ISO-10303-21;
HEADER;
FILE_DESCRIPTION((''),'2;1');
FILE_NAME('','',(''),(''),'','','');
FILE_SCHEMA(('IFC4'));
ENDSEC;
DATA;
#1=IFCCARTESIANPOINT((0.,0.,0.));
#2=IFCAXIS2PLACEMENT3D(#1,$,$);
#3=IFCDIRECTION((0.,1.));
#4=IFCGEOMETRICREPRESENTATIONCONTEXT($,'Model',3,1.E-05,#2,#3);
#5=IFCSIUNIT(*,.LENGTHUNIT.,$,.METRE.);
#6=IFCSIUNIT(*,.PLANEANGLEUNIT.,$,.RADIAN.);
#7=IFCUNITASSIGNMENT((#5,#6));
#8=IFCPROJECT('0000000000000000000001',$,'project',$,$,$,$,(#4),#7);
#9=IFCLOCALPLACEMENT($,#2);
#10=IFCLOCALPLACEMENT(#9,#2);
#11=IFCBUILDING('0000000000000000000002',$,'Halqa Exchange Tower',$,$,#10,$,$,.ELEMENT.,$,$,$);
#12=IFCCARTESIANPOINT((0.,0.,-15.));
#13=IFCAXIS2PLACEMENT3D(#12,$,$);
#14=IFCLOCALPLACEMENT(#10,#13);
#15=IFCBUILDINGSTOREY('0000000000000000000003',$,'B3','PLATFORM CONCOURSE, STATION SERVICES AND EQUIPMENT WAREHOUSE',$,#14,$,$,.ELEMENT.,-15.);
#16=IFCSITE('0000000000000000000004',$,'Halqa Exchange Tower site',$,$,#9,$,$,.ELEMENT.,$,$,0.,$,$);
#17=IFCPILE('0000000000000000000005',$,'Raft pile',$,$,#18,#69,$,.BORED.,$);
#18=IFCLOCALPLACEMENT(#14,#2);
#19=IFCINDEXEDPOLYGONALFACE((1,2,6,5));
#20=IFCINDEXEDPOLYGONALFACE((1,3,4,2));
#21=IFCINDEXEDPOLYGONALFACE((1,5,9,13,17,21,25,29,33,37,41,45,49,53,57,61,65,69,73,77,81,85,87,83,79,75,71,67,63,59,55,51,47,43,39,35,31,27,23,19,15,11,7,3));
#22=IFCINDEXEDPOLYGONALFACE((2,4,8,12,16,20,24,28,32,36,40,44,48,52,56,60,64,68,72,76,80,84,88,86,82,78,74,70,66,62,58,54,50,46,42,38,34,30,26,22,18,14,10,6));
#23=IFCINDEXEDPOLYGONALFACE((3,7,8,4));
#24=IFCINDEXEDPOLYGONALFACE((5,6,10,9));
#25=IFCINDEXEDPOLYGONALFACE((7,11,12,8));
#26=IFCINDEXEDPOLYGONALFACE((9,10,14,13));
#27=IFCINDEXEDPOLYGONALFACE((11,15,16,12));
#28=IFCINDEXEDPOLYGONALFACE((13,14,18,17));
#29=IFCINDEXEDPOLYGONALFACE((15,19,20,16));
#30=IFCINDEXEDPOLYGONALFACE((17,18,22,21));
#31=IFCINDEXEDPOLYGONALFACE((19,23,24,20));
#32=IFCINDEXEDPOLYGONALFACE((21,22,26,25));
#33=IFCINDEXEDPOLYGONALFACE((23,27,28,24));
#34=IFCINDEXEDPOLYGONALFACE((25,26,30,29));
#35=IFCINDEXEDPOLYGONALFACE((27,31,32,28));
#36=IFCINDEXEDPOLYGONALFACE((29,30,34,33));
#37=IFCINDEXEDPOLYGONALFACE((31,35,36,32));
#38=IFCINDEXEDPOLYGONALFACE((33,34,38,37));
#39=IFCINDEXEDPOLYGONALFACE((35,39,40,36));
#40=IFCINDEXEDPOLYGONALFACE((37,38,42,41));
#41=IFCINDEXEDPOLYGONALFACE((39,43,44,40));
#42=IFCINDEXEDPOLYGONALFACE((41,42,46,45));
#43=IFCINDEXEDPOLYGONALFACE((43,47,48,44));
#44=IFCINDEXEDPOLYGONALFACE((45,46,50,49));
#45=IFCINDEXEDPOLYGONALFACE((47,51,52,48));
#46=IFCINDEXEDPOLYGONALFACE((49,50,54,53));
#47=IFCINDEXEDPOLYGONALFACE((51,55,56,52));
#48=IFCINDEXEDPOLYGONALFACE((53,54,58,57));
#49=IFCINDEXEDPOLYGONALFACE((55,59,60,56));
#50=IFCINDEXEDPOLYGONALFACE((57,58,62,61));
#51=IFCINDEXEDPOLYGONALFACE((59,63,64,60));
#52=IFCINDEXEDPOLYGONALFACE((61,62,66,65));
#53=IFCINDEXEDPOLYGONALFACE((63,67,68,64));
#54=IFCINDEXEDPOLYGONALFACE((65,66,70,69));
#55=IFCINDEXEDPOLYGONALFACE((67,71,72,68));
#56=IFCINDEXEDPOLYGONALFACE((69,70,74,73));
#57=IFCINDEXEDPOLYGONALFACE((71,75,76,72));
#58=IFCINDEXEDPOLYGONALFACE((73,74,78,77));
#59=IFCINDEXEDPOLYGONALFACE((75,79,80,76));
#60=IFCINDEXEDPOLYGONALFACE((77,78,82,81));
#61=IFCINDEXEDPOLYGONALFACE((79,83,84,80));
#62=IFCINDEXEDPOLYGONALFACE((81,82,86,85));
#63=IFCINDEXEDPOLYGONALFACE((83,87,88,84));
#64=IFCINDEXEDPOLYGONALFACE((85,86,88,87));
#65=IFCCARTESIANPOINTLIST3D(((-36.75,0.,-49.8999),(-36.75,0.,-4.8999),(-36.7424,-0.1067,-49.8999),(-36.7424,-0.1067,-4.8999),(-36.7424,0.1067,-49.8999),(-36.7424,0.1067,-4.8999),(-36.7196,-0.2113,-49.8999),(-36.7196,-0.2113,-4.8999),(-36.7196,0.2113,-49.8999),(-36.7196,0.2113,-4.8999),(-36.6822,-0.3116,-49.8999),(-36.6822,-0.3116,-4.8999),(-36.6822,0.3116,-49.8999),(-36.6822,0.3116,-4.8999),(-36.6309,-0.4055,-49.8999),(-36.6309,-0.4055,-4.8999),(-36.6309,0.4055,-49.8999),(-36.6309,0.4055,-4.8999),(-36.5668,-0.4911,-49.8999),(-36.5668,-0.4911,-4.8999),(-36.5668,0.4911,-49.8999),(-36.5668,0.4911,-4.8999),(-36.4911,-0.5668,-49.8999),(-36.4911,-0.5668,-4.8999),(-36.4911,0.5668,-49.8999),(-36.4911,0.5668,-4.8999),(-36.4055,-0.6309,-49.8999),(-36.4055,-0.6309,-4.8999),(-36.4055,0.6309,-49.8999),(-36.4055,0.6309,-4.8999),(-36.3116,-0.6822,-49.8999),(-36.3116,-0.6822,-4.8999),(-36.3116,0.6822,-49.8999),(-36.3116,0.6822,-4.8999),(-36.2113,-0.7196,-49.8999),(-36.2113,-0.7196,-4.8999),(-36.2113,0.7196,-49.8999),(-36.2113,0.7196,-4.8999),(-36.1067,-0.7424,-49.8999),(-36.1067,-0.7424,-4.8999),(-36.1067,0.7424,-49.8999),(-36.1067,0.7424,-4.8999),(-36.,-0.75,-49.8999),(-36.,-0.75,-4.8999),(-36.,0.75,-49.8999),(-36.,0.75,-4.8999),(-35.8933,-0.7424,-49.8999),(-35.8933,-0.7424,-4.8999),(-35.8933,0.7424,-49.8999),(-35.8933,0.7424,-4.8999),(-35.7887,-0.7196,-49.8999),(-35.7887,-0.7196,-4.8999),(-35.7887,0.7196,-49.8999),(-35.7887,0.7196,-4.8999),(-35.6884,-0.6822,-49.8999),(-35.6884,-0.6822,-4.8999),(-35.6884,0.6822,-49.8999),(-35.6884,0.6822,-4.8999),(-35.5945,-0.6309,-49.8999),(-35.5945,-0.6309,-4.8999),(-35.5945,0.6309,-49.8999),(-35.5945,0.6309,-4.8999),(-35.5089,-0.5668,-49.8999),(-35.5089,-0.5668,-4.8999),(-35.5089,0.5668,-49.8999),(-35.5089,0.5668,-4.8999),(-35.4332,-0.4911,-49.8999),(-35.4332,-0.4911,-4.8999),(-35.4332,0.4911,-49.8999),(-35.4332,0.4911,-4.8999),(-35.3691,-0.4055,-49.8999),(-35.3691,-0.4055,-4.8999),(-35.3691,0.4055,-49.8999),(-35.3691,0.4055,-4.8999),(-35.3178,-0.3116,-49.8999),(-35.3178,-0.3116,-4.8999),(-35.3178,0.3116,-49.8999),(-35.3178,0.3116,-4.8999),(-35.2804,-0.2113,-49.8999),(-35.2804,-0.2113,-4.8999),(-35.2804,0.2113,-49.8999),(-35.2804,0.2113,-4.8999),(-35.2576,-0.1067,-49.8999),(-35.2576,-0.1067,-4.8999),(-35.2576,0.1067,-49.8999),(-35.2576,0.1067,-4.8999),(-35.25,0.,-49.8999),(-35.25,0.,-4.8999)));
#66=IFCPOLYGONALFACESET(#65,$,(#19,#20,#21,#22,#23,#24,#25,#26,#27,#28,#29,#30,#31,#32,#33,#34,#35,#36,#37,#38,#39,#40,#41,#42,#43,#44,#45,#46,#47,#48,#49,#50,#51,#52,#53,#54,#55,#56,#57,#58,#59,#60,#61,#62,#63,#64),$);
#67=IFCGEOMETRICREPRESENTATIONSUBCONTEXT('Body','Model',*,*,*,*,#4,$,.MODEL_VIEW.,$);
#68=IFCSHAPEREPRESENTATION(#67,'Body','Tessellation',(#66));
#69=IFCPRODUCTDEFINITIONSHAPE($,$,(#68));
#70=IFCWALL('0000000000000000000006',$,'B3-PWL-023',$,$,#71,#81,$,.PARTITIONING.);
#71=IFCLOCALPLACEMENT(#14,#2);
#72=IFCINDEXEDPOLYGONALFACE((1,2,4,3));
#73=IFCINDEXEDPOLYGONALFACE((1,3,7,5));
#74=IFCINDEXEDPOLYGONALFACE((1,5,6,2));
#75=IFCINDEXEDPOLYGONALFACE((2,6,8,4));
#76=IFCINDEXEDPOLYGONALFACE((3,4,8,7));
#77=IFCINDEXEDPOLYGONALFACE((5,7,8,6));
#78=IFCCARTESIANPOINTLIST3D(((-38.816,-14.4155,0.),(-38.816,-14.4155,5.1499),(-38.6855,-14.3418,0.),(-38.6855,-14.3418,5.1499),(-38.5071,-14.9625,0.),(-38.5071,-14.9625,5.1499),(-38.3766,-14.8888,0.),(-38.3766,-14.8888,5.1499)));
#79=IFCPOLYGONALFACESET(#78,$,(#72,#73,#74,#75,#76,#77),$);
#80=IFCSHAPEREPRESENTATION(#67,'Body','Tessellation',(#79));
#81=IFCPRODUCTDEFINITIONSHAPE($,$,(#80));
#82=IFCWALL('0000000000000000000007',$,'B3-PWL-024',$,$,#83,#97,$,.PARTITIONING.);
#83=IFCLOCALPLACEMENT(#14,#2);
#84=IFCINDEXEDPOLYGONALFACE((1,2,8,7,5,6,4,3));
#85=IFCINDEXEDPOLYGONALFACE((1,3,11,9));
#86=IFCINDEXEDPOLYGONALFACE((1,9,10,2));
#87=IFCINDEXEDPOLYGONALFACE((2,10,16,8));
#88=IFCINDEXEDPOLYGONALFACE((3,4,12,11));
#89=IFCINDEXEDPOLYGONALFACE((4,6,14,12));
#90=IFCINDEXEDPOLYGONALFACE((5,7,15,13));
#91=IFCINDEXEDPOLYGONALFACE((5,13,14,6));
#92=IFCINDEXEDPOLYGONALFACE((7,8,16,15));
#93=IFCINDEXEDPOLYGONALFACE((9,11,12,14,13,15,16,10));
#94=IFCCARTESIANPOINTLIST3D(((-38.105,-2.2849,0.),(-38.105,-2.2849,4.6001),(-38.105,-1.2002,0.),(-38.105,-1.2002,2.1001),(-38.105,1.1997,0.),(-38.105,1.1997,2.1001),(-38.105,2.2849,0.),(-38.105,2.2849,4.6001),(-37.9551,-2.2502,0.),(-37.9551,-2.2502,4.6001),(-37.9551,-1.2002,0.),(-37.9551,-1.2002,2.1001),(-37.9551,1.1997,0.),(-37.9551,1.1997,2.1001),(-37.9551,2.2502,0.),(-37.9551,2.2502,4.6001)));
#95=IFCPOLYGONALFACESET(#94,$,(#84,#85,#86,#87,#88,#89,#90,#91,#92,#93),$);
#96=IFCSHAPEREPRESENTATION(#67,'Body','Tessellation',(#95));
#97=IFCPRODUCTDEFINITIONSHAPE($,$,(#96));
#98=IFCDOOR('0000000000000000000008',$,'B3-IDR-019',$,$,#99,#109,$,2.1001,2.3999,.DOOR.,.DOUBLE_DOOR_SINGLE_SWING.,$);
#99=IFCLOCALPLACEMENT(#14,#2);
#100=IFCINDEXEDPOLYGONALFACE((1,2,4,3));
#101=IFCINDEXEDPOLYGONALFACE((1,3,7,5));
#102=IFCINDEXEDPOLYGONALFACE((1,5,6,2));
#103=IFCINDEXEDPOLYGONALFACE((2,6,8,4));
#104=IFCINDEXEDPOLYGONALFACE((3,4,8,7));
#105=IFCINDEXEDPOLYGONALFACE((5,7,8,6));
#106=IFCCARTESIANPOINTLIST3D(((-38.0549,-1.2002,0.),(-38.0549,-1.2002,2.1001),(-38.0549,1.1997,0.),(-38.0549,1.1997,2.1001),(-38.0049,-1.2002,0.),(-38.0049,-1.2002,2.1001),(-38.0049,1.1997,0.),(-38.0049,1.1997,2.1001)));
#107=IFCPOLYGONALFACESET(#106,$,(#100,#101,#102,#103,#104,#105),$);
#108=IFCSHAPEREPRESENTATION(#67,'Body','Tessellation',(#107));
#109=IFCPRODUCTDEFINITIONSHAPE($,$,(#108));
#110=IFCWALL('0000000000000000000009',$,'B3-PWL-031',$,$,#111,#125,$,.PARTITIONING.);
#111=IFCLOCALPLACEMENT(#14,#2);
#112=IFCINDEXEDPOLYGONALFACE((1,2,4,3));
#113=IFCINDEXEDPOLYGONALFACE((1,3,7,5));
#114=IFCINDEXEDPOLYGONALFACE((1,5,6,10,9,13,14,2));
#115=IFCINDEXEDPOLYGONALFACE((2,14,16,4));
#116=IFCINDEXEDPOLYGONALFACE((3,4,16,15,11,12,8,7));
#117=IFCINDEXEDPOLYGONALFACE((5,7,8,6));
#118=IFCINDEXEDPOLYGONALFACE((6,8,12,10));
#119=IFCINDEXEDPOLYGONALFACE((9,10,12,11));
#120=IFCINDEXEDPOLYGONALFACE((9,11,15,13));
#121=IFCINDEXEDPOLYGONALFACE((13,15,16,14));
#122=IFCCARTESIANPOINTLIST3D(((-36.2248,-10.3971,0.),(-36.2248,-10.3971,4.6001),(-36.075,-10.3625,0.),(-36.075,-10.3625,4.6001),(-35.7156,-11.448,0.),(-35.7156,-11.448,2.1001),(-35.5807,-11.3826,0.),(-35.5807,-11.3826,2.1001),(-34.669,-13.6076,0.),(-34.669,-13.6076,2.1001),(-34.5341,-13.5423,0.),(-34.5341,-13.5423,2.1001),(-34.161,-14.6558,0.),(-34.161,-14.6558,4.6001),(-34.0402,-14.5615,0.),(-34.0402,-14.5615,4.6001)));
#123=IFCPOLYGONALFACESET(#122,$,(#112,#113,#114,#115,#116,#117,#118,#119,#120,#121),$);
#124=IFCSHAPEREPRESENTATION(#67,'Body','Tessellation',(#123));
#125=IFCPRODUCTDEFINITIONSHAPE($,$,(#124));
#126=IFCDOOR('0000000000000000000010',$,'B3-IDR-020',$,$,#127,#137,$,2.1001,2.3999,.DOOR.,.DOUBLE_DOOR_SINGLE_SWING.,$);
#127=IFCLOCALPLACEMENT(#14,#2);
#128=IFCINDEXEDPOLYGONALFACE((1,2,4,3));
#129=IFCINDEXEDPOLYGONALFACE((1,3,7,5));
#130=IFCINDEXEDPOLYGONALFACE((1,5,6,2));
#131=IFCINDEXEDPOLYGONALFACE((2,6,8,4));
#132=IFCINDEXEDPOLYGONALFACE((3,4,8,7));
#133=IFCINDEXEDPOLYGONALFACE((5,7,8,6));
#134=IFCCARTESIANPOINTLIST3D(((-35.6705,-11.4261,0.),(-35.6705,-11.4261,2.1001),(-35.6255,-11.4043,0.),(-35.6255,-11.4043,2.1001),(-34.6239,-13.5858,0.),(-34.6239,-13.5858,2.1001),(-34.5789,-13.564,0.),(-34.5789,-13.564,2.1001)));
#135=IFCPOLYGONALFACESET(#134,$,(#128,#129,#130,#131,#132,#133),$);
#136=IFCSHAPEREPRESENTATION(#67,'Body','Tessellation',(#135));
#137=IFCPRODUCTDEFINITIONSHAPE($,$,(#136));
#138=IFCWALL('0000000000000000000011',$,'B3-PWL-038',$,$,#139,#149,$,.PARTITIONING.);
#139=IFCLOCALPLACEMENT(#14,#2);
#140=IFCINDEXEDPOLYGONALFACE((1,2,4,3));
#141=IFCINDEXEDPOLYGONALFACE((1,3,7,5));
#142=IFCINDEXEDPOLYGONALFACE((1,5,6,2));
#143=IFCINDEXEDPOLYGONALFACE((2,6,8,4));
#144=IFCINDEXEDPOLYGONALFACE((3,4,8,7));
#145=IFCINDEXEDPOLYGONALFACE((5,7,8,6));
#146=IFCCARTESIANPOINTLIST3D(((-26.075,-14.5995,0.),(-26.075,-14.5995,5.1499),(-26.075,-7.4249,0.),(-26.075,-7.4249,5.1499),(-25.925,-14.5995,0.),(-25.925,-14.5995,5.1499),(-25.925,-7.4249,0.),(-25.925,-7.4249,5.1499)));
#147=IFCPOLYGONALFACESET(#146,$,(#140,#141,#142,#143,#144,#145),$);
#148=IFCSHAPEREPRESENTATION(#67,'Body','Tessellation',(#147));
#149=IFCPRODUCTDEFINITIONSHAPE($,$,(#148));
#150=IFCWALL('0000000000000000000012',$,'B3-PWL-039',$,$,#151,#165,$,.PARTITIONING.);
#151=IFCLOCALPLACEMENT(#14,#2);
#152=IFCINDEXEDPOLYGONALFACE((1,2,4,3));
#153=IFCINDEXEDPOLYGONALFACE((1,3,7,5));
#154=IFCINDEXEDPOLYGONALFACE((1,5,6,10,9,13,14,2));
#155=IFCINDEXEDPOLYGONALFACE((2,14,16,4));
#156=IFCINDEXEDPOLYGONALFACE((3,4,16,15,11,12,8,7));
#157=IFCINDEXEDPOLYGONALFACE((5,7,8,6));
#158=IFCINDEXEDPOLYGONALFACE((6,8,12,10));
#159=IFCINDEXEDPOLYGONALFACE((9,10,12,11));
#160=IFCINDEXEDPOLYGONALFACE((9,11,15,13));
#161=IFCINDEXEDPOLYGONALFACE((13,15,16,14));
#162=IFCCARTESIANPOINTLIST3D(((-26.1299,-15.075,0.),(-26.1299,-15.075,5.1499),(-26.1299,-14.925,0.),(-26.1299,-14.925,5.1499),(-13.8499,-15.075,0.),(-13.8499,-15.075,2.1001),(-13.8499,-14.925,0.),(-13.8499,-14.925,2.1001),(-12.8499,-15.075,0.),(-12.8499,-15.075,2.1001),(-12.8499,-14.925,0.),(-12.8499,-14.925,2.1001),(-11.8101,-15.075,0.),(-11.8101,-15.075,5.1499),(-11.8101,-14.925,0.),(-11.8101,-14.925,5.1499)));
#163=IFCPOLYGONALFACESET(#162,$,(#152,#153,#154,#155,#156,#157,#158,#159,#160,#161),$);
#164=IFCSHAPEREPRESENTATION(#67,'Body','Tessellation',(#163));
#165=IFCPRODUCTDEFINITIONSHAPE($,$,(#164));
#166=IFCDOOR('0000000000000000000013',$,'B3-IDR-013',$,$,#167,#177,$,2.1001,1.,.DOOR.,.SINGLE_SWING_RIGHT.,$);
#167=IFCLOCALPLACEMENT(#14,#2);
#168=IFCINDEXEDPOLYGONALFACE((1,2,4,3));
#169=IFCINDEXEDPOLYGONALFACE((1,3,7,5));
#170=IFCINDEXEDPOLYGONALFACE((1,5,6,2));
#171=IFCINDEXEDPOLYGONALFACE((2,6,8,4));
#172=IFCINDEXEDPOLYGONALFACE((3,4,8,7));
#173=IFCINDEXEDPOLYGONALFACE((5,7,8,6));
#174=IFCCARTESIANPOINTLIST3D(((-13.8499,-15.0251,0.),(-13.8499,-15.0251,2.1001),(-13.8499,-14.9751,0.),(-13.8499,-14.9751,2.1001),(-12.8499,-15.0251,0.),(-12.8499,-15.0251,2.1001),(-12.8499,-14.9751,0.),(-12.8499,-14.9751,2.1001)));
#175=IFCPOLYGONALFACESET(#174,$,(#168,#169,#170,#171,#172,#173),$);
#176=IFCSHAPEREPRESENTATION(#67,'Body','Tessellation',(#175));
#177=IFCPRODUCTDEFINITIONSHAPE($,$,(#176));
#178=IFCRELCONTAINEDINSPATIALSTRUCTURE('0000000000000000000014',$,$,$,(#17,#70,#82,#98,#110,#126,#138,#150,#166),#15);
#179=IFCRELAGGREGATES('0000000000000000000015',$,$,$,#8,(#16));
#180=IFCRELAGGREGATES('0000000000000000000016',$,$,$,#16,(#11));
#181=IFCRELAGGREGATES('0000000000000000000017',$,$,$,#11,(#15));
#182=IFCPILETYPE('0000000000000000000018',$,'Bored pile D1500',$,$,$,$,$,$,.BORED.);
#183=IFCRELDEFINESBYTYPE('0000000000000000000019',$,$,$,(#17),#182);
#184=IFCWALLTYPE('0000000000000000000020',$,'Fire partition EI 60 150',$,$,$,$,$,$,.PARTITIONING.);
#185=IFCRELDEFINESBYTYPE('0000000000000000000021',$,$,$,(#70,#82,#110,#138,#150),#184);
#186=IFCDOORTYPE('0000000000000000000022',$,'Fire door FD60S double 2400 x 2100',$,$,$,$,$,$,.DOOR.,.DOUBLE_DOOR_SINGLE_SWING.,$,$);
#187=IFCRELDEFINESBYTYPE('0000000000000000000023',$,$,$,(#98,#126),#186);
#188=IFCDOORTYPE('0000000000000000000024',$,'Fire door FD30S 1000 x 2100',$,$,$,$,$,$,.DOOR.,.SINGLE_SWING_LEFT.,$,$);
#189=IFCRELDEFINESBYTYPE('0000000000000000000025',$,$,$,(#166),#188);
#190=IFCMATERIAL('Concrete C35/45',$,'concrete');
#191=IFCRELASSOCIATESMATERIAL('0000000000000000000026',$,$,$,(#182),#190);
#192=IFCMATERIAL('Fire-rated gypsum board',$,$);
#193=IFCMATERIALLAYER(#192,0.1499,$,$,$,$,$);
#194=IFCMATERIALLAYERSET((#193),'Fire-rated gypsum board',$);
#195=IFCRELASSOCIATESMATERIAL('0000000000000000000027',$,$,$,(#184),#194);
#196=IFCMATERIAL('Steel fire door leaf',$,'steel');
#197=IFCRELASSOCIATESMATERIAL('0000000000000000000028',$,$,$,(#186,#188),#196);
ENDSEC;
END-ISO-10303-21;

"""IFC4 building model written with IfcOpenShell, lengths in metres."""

from ifc_helpers import new_model, si_unit, direction, frame, frame_2d, origin, origin_2d, place, context, subcontext, project, spatial, polyline, rectangle, circle, outline, extrude, material, layer, layer_set, material_profile, profile_set, type_object, element, fill, save


model = new_model("IFC4")

# Units and contexts
model_context = context("Model", 3, precision=1e-05, world=origin(), true_north=direction((0.0, 1.0)))
body_context = subcontext(model_context, "Body", "Model", "MODEL_VIEW")
ifc_project = project(units=[si_unit("LENGTHUNIT", "METRE"), si_unit("PLANEANGLEUNIT", "RADIAN")], contexts=[model_context])

# Site, building, storey
site_placement = place(None, origin())
site = spatial("IfcSite", under=ifc_project, at=site_placement, Name="Halqa Exchange Tower site", CompositionType="ELEMENT", RefElevation=0.0)
building_placement = place(site_placement, origin())
building = spatial("IfcBuilding", under=site, at=building_placement, Name="Halqa Exchange Tower", CompositionType="ELEMENT")
storey_placement = place(building_placement, frame((0.0, 0.0, -15.0)))
storey = spatial("IfcBuildingStorey", under=building, at=storey_placement, Name="B3", Description="PLATFORM CONCOURSE, STATION SERVICES AND EQUIPMENT WAREHOUSE", CompositionType="ELEMENT", Elevation=-15.0)

# Pile
ifc_material_1 = material(Name="Concrete C35/45", Category="concrete")
ifc_material_profile_1 = material_profile(ifc_material_1, circle(Radius=0.75, at=origin_2d()), Name="D1500")
ifc_profile_set_1 = profile_set([ifc_material_profile_1], Name="Concrete C35/45")
pile_type_1 = type_object("IfcPileType", Name="Bored pile D1500", PredefinedType="BORED", material=ifc_profile_set_1)
for number, where, z_axis, x_axis, name in (
    (1, (-36.0, 0.0, -4.8999), (0.0, 0.0, -1.0), (1.0, 0.0, 0.0), "Raft pile"),
):
    element("IfcPile", number, at=place(storey_placement, frame(where, z_axis=z_axis, x_axis=x_axis)), inside=storey, type_object=pile_type_1, Name=name, PredefinedType="BORED", context=body_context, shape_type="SweptSolid", body=[
        extrude(circle(Radius=0.75, at=origin_2d()), origin(), (0.0, 0.0, 1.0), 45.0),
    ])

# Wall
ifc_material_2 = material(Name="Fire-rated gypsum board")
ifc_layer_1 = layer(ifc_material_2, 0.1499)
ifc_layer_set_1 = layer_set([ifc_layer_1], Name="Fire-rated gypsum board")
wall_type_1 = type_object("IfcWallType", Name="Fire partition EI 60 150", PredefinedType="PARTITIONING", material=ifc_layer_set_1)
wall_1_placement = place(storey_placement, frame((-38.4419, -14.9255, 0.0), z_axis=(0.0, 0.0, 1.0), x_axis=(-0.491737, 0.870744, 0.0)))
element("IfcWall", 2, at=wall_1_placement, inside=storey, type_object=wall_type_1, Name="B3-PWL-023", PredefinedType="PARTITIONING", context=body_context, shape_type="SweptSolid", body=[
    extrude(rectangle(XDim=0.6282, YDim=0.1499, at=frame_2d((0.314, 0.0))), origin(), (0.0, 0.0, 1.0), 5.1499),
])

# Walls, openings, doors
wall_2_placement = place(storey_placement, frame((-38.03, -2.2676, 0.0), z_axis=(0.0, 0.0, 1.0), x_axis=(0.0, 1.0, 0.0)))
wall_2 = element("IfcWall", 3, at=wall_2_placement, inside=storey, type_object=wall_type_1, Name="B3-PWL-024", PredefinedType="PARTITIONING", context=body_context, shape_type="SweptSolid", body=[
    extrude(outline(polyline([(0.0173, -0.075), (4.5178, -0.075), (4.5525, 0.075), (-0.0173, 0.075), (0.0173, -0.075)])), origin(), (0.0, 0.0, 1.0), 4.6001),
])
opening_1_placement = place(wall_2_placement, frame((1.0674, 0.0, 0.0)))
opening_1 = element("IfcOpeningElement", 4, at=opening_1_placement, cuts=wall_2, PredefinedType="OPENING", context=body_context, shape_type="SweptSolid", body=[
    extrude(rectangle(XDim=2.3999, YDim=2.1001, at=frame_2d((1.2, 1.05))), frame((0.0, 0.0869, 0.0), z_axis=(0.0, -1.0, 0.0), x_axis=(1.0, 0.0, 0.0)), (0.0, 0.0, 1.0), 0.1738),
])
ifc_material_3 = material(Name="Steel fire door leaf", Category="steel")
door_type_1 = type_object("IfcDoorType", Name="Fire door FD60S double 2400 x 2100", OperationType="DOUBLE_DOOR_SINGLE_SWING", PredefinedType="DOOR", material=ifc_material_3)
door_1_placement = place(opening_1_placement, origin())
door_1 = element("IfcDoor", 5, at=door_1_placement, inside=storey, type_object=door_type_1, Name="B3-IDR-019", OperationType="DOUBLE_DOOR_SINGLE_SWING", OverallHeight=2.1001, OverallWidth=2.3999, PredefinedType="DOOR", context=body_context, shape_type="SweptSolid", body=[
    extrude(rectangle(XDim=2.3999, YDim=2.1001, at=frame_2d((1.2, 1.05))), frame((0.0, 0.0249, 0.0), z_axis=(0.0, -1.0, 0.0), x_axis=(1.0, 0.0, 0.0)), (0.0, 0.0, 1.0), 0.05),
])
fill(opening_1, door_1)
wall_3_placement = place(storey_placement, frame((-34.1006, -14.6086, 0.0), z_axis=(0.0, 0.0, 1.0), x_axis=(-0.436103, 0.899897, 0.0)))
wall_3 = element("IfcWall", 6, at=wall_3_placement, inside=storey, type_object=wall_type_1, Name="B3-PWL-031", PredefinedType="PARTITIONING", context=body_context, shape_type="SweptSolid", body=[
    extrude(outline(polyline([(0.0161, -0.075), (4.6821, -0.075), (4.7163, 0.075), (-0.0161, 0.075), (0.0161, -0.075)])), origin(), (0.0, 0.0, 1.0), 4.6001),
])
opening_2_placement = place(wall_3_placement, frame((1.1487, 0.0, 0.0)))
opening_2 = element("IfcOpeningElement", 7, at=opening_2_placement, cuts=wall_3, PredefinedType="OPENING", context=body_context, shape_type="SweptSolid", body=[
    extrude(rectangle(XDim=2.3999, YDim=2.1001, at=frame_2d((1.2, 1.05))), frame((0.0, 0.0869, 0.0), z_axis=(0.0, -1.0, 0.0), x_axis=(1.0, 0.0, 0.0)), (0.0, 0.0, 1.0), 0.1738),
])
door_2_placement = place(opening_2_placement, origin())
door_2 = element("IfcDoor", 8, at=door_2_placement, inside=storey, type_object=door_type_1, Name="B3-IDR-020", OperationType="DOUBLE_DOOR_SINGLE_SWING", OverallHeight=2.1001, OverallWidth=2.3999, PredefinedType="DOOR", context=body_context, shape_type="SweptSolid", body=[
    extrude(rectangle(XDim=2.3999, YDim=2.1001, at=frame_2d((1.2, 1.05))), frame((0.0, 0.0249, 0.0), z_axis=(0.0, -1.0, 0.0), x_axis=(1.0, 0.0, 0.0)), (0.0, 0.0, 1.0), 0.05),
])
fill(opening_2, door_2)

# Wall
wall_4_placement = place(storey_placement, frame((-26.0, -14.5996, 0.0), z_axis=(0.0, 0.0, 1.0), x_axis=(0.0, 1.0, 0.0)))
element("IfcWall", 9, at=wall_4_placement, inside=storey, type_object=wall_type_1, Name="B3-PWL-038", PredefinedType="PARTITIONING", context=body_context, shape_type="SweptSolid", body=[
    extrude(rectangle(XDim=7.1746, YDim=0.1499, at=frame_2d((3.5874, 0.0))), origin(), (0.0, 0.0, 1.0), 5.1499),
])

# Wall, opening, door
wall_5_placement = place(storey_placement, frame((-26.1299, -15.0, 0.0), z_axis=(0.0, 0.0, 1.0), x_axis=(1.0, 0.0, 0.0)))
wall_5 = element("IfcWall", 10, at=wall_5_placement, inside=storey, type_object=wall_type_1, Name="B3-PWL-039", PredefinedType="PARTITIONING", context=body_context, shape_type="SweptSolid", body=[
    extrude(rectangle(XDim=14.3198, YDim=0.1499, at=frame_2d((7.1599, 0.0))), origin(), (0.0, 0.0, 1.0), 5.1499),
])
opening_3_placement = place(wall_5_placement, frame((12.28, 0.0, 0.0)))
opening_3 = element("IfcOpeningElement", 11, at=opening_3_placement, cuts=wall_5, PredefinedType="OPENING", context=body_context, shape_type="SweptSolid", body=[
    extrude(rectangle(XDim=1.0, YDim=2.1001, at=frame_2d((0.5, 1.05))), frame((0.0, 0.0869, 0.0), z_axis=(0.0, -1.0, 0.0), x_axis=(1.0, 0.0, 0.0)), (0.0, 0.0, 1.0), 0.1738),
])
door_type_2 = type_object("IfcDoorType", Name="Fire door FD30S 1000 x 2100", OperationType="SINGLE_SWING_LEFT", PredefinedType="DOOR", material=ifc_material_3)
door_3_placement = place(opening_3_placement, origin())
door_3 = element("IfcDoor", 12, at=door_3_placement, inside=storey, type_object=door_type_2, Name="B3-IDR-013", OperationType="SINGLE_SWING_RIGHT", OverallHeight=2.1001, OverallWidth=1.0, PredefinedType="DOOR", context=body_context, shape_type="SweptSolid", body=[
    extrude(rectangle(XDim=1.0, YDim=2.1001, at=frame_2d((0.5, 1.05))), frame((0.0, 0.0249, 0.0), z_axis=(0.0, -1.0, 0.0), x_axis=(1.0, 0.0, 0.0)), (0.0, 0.0, 1.0), 0.05),
])
fill(opening_3, door_3)

save(model, "model.ifc")
